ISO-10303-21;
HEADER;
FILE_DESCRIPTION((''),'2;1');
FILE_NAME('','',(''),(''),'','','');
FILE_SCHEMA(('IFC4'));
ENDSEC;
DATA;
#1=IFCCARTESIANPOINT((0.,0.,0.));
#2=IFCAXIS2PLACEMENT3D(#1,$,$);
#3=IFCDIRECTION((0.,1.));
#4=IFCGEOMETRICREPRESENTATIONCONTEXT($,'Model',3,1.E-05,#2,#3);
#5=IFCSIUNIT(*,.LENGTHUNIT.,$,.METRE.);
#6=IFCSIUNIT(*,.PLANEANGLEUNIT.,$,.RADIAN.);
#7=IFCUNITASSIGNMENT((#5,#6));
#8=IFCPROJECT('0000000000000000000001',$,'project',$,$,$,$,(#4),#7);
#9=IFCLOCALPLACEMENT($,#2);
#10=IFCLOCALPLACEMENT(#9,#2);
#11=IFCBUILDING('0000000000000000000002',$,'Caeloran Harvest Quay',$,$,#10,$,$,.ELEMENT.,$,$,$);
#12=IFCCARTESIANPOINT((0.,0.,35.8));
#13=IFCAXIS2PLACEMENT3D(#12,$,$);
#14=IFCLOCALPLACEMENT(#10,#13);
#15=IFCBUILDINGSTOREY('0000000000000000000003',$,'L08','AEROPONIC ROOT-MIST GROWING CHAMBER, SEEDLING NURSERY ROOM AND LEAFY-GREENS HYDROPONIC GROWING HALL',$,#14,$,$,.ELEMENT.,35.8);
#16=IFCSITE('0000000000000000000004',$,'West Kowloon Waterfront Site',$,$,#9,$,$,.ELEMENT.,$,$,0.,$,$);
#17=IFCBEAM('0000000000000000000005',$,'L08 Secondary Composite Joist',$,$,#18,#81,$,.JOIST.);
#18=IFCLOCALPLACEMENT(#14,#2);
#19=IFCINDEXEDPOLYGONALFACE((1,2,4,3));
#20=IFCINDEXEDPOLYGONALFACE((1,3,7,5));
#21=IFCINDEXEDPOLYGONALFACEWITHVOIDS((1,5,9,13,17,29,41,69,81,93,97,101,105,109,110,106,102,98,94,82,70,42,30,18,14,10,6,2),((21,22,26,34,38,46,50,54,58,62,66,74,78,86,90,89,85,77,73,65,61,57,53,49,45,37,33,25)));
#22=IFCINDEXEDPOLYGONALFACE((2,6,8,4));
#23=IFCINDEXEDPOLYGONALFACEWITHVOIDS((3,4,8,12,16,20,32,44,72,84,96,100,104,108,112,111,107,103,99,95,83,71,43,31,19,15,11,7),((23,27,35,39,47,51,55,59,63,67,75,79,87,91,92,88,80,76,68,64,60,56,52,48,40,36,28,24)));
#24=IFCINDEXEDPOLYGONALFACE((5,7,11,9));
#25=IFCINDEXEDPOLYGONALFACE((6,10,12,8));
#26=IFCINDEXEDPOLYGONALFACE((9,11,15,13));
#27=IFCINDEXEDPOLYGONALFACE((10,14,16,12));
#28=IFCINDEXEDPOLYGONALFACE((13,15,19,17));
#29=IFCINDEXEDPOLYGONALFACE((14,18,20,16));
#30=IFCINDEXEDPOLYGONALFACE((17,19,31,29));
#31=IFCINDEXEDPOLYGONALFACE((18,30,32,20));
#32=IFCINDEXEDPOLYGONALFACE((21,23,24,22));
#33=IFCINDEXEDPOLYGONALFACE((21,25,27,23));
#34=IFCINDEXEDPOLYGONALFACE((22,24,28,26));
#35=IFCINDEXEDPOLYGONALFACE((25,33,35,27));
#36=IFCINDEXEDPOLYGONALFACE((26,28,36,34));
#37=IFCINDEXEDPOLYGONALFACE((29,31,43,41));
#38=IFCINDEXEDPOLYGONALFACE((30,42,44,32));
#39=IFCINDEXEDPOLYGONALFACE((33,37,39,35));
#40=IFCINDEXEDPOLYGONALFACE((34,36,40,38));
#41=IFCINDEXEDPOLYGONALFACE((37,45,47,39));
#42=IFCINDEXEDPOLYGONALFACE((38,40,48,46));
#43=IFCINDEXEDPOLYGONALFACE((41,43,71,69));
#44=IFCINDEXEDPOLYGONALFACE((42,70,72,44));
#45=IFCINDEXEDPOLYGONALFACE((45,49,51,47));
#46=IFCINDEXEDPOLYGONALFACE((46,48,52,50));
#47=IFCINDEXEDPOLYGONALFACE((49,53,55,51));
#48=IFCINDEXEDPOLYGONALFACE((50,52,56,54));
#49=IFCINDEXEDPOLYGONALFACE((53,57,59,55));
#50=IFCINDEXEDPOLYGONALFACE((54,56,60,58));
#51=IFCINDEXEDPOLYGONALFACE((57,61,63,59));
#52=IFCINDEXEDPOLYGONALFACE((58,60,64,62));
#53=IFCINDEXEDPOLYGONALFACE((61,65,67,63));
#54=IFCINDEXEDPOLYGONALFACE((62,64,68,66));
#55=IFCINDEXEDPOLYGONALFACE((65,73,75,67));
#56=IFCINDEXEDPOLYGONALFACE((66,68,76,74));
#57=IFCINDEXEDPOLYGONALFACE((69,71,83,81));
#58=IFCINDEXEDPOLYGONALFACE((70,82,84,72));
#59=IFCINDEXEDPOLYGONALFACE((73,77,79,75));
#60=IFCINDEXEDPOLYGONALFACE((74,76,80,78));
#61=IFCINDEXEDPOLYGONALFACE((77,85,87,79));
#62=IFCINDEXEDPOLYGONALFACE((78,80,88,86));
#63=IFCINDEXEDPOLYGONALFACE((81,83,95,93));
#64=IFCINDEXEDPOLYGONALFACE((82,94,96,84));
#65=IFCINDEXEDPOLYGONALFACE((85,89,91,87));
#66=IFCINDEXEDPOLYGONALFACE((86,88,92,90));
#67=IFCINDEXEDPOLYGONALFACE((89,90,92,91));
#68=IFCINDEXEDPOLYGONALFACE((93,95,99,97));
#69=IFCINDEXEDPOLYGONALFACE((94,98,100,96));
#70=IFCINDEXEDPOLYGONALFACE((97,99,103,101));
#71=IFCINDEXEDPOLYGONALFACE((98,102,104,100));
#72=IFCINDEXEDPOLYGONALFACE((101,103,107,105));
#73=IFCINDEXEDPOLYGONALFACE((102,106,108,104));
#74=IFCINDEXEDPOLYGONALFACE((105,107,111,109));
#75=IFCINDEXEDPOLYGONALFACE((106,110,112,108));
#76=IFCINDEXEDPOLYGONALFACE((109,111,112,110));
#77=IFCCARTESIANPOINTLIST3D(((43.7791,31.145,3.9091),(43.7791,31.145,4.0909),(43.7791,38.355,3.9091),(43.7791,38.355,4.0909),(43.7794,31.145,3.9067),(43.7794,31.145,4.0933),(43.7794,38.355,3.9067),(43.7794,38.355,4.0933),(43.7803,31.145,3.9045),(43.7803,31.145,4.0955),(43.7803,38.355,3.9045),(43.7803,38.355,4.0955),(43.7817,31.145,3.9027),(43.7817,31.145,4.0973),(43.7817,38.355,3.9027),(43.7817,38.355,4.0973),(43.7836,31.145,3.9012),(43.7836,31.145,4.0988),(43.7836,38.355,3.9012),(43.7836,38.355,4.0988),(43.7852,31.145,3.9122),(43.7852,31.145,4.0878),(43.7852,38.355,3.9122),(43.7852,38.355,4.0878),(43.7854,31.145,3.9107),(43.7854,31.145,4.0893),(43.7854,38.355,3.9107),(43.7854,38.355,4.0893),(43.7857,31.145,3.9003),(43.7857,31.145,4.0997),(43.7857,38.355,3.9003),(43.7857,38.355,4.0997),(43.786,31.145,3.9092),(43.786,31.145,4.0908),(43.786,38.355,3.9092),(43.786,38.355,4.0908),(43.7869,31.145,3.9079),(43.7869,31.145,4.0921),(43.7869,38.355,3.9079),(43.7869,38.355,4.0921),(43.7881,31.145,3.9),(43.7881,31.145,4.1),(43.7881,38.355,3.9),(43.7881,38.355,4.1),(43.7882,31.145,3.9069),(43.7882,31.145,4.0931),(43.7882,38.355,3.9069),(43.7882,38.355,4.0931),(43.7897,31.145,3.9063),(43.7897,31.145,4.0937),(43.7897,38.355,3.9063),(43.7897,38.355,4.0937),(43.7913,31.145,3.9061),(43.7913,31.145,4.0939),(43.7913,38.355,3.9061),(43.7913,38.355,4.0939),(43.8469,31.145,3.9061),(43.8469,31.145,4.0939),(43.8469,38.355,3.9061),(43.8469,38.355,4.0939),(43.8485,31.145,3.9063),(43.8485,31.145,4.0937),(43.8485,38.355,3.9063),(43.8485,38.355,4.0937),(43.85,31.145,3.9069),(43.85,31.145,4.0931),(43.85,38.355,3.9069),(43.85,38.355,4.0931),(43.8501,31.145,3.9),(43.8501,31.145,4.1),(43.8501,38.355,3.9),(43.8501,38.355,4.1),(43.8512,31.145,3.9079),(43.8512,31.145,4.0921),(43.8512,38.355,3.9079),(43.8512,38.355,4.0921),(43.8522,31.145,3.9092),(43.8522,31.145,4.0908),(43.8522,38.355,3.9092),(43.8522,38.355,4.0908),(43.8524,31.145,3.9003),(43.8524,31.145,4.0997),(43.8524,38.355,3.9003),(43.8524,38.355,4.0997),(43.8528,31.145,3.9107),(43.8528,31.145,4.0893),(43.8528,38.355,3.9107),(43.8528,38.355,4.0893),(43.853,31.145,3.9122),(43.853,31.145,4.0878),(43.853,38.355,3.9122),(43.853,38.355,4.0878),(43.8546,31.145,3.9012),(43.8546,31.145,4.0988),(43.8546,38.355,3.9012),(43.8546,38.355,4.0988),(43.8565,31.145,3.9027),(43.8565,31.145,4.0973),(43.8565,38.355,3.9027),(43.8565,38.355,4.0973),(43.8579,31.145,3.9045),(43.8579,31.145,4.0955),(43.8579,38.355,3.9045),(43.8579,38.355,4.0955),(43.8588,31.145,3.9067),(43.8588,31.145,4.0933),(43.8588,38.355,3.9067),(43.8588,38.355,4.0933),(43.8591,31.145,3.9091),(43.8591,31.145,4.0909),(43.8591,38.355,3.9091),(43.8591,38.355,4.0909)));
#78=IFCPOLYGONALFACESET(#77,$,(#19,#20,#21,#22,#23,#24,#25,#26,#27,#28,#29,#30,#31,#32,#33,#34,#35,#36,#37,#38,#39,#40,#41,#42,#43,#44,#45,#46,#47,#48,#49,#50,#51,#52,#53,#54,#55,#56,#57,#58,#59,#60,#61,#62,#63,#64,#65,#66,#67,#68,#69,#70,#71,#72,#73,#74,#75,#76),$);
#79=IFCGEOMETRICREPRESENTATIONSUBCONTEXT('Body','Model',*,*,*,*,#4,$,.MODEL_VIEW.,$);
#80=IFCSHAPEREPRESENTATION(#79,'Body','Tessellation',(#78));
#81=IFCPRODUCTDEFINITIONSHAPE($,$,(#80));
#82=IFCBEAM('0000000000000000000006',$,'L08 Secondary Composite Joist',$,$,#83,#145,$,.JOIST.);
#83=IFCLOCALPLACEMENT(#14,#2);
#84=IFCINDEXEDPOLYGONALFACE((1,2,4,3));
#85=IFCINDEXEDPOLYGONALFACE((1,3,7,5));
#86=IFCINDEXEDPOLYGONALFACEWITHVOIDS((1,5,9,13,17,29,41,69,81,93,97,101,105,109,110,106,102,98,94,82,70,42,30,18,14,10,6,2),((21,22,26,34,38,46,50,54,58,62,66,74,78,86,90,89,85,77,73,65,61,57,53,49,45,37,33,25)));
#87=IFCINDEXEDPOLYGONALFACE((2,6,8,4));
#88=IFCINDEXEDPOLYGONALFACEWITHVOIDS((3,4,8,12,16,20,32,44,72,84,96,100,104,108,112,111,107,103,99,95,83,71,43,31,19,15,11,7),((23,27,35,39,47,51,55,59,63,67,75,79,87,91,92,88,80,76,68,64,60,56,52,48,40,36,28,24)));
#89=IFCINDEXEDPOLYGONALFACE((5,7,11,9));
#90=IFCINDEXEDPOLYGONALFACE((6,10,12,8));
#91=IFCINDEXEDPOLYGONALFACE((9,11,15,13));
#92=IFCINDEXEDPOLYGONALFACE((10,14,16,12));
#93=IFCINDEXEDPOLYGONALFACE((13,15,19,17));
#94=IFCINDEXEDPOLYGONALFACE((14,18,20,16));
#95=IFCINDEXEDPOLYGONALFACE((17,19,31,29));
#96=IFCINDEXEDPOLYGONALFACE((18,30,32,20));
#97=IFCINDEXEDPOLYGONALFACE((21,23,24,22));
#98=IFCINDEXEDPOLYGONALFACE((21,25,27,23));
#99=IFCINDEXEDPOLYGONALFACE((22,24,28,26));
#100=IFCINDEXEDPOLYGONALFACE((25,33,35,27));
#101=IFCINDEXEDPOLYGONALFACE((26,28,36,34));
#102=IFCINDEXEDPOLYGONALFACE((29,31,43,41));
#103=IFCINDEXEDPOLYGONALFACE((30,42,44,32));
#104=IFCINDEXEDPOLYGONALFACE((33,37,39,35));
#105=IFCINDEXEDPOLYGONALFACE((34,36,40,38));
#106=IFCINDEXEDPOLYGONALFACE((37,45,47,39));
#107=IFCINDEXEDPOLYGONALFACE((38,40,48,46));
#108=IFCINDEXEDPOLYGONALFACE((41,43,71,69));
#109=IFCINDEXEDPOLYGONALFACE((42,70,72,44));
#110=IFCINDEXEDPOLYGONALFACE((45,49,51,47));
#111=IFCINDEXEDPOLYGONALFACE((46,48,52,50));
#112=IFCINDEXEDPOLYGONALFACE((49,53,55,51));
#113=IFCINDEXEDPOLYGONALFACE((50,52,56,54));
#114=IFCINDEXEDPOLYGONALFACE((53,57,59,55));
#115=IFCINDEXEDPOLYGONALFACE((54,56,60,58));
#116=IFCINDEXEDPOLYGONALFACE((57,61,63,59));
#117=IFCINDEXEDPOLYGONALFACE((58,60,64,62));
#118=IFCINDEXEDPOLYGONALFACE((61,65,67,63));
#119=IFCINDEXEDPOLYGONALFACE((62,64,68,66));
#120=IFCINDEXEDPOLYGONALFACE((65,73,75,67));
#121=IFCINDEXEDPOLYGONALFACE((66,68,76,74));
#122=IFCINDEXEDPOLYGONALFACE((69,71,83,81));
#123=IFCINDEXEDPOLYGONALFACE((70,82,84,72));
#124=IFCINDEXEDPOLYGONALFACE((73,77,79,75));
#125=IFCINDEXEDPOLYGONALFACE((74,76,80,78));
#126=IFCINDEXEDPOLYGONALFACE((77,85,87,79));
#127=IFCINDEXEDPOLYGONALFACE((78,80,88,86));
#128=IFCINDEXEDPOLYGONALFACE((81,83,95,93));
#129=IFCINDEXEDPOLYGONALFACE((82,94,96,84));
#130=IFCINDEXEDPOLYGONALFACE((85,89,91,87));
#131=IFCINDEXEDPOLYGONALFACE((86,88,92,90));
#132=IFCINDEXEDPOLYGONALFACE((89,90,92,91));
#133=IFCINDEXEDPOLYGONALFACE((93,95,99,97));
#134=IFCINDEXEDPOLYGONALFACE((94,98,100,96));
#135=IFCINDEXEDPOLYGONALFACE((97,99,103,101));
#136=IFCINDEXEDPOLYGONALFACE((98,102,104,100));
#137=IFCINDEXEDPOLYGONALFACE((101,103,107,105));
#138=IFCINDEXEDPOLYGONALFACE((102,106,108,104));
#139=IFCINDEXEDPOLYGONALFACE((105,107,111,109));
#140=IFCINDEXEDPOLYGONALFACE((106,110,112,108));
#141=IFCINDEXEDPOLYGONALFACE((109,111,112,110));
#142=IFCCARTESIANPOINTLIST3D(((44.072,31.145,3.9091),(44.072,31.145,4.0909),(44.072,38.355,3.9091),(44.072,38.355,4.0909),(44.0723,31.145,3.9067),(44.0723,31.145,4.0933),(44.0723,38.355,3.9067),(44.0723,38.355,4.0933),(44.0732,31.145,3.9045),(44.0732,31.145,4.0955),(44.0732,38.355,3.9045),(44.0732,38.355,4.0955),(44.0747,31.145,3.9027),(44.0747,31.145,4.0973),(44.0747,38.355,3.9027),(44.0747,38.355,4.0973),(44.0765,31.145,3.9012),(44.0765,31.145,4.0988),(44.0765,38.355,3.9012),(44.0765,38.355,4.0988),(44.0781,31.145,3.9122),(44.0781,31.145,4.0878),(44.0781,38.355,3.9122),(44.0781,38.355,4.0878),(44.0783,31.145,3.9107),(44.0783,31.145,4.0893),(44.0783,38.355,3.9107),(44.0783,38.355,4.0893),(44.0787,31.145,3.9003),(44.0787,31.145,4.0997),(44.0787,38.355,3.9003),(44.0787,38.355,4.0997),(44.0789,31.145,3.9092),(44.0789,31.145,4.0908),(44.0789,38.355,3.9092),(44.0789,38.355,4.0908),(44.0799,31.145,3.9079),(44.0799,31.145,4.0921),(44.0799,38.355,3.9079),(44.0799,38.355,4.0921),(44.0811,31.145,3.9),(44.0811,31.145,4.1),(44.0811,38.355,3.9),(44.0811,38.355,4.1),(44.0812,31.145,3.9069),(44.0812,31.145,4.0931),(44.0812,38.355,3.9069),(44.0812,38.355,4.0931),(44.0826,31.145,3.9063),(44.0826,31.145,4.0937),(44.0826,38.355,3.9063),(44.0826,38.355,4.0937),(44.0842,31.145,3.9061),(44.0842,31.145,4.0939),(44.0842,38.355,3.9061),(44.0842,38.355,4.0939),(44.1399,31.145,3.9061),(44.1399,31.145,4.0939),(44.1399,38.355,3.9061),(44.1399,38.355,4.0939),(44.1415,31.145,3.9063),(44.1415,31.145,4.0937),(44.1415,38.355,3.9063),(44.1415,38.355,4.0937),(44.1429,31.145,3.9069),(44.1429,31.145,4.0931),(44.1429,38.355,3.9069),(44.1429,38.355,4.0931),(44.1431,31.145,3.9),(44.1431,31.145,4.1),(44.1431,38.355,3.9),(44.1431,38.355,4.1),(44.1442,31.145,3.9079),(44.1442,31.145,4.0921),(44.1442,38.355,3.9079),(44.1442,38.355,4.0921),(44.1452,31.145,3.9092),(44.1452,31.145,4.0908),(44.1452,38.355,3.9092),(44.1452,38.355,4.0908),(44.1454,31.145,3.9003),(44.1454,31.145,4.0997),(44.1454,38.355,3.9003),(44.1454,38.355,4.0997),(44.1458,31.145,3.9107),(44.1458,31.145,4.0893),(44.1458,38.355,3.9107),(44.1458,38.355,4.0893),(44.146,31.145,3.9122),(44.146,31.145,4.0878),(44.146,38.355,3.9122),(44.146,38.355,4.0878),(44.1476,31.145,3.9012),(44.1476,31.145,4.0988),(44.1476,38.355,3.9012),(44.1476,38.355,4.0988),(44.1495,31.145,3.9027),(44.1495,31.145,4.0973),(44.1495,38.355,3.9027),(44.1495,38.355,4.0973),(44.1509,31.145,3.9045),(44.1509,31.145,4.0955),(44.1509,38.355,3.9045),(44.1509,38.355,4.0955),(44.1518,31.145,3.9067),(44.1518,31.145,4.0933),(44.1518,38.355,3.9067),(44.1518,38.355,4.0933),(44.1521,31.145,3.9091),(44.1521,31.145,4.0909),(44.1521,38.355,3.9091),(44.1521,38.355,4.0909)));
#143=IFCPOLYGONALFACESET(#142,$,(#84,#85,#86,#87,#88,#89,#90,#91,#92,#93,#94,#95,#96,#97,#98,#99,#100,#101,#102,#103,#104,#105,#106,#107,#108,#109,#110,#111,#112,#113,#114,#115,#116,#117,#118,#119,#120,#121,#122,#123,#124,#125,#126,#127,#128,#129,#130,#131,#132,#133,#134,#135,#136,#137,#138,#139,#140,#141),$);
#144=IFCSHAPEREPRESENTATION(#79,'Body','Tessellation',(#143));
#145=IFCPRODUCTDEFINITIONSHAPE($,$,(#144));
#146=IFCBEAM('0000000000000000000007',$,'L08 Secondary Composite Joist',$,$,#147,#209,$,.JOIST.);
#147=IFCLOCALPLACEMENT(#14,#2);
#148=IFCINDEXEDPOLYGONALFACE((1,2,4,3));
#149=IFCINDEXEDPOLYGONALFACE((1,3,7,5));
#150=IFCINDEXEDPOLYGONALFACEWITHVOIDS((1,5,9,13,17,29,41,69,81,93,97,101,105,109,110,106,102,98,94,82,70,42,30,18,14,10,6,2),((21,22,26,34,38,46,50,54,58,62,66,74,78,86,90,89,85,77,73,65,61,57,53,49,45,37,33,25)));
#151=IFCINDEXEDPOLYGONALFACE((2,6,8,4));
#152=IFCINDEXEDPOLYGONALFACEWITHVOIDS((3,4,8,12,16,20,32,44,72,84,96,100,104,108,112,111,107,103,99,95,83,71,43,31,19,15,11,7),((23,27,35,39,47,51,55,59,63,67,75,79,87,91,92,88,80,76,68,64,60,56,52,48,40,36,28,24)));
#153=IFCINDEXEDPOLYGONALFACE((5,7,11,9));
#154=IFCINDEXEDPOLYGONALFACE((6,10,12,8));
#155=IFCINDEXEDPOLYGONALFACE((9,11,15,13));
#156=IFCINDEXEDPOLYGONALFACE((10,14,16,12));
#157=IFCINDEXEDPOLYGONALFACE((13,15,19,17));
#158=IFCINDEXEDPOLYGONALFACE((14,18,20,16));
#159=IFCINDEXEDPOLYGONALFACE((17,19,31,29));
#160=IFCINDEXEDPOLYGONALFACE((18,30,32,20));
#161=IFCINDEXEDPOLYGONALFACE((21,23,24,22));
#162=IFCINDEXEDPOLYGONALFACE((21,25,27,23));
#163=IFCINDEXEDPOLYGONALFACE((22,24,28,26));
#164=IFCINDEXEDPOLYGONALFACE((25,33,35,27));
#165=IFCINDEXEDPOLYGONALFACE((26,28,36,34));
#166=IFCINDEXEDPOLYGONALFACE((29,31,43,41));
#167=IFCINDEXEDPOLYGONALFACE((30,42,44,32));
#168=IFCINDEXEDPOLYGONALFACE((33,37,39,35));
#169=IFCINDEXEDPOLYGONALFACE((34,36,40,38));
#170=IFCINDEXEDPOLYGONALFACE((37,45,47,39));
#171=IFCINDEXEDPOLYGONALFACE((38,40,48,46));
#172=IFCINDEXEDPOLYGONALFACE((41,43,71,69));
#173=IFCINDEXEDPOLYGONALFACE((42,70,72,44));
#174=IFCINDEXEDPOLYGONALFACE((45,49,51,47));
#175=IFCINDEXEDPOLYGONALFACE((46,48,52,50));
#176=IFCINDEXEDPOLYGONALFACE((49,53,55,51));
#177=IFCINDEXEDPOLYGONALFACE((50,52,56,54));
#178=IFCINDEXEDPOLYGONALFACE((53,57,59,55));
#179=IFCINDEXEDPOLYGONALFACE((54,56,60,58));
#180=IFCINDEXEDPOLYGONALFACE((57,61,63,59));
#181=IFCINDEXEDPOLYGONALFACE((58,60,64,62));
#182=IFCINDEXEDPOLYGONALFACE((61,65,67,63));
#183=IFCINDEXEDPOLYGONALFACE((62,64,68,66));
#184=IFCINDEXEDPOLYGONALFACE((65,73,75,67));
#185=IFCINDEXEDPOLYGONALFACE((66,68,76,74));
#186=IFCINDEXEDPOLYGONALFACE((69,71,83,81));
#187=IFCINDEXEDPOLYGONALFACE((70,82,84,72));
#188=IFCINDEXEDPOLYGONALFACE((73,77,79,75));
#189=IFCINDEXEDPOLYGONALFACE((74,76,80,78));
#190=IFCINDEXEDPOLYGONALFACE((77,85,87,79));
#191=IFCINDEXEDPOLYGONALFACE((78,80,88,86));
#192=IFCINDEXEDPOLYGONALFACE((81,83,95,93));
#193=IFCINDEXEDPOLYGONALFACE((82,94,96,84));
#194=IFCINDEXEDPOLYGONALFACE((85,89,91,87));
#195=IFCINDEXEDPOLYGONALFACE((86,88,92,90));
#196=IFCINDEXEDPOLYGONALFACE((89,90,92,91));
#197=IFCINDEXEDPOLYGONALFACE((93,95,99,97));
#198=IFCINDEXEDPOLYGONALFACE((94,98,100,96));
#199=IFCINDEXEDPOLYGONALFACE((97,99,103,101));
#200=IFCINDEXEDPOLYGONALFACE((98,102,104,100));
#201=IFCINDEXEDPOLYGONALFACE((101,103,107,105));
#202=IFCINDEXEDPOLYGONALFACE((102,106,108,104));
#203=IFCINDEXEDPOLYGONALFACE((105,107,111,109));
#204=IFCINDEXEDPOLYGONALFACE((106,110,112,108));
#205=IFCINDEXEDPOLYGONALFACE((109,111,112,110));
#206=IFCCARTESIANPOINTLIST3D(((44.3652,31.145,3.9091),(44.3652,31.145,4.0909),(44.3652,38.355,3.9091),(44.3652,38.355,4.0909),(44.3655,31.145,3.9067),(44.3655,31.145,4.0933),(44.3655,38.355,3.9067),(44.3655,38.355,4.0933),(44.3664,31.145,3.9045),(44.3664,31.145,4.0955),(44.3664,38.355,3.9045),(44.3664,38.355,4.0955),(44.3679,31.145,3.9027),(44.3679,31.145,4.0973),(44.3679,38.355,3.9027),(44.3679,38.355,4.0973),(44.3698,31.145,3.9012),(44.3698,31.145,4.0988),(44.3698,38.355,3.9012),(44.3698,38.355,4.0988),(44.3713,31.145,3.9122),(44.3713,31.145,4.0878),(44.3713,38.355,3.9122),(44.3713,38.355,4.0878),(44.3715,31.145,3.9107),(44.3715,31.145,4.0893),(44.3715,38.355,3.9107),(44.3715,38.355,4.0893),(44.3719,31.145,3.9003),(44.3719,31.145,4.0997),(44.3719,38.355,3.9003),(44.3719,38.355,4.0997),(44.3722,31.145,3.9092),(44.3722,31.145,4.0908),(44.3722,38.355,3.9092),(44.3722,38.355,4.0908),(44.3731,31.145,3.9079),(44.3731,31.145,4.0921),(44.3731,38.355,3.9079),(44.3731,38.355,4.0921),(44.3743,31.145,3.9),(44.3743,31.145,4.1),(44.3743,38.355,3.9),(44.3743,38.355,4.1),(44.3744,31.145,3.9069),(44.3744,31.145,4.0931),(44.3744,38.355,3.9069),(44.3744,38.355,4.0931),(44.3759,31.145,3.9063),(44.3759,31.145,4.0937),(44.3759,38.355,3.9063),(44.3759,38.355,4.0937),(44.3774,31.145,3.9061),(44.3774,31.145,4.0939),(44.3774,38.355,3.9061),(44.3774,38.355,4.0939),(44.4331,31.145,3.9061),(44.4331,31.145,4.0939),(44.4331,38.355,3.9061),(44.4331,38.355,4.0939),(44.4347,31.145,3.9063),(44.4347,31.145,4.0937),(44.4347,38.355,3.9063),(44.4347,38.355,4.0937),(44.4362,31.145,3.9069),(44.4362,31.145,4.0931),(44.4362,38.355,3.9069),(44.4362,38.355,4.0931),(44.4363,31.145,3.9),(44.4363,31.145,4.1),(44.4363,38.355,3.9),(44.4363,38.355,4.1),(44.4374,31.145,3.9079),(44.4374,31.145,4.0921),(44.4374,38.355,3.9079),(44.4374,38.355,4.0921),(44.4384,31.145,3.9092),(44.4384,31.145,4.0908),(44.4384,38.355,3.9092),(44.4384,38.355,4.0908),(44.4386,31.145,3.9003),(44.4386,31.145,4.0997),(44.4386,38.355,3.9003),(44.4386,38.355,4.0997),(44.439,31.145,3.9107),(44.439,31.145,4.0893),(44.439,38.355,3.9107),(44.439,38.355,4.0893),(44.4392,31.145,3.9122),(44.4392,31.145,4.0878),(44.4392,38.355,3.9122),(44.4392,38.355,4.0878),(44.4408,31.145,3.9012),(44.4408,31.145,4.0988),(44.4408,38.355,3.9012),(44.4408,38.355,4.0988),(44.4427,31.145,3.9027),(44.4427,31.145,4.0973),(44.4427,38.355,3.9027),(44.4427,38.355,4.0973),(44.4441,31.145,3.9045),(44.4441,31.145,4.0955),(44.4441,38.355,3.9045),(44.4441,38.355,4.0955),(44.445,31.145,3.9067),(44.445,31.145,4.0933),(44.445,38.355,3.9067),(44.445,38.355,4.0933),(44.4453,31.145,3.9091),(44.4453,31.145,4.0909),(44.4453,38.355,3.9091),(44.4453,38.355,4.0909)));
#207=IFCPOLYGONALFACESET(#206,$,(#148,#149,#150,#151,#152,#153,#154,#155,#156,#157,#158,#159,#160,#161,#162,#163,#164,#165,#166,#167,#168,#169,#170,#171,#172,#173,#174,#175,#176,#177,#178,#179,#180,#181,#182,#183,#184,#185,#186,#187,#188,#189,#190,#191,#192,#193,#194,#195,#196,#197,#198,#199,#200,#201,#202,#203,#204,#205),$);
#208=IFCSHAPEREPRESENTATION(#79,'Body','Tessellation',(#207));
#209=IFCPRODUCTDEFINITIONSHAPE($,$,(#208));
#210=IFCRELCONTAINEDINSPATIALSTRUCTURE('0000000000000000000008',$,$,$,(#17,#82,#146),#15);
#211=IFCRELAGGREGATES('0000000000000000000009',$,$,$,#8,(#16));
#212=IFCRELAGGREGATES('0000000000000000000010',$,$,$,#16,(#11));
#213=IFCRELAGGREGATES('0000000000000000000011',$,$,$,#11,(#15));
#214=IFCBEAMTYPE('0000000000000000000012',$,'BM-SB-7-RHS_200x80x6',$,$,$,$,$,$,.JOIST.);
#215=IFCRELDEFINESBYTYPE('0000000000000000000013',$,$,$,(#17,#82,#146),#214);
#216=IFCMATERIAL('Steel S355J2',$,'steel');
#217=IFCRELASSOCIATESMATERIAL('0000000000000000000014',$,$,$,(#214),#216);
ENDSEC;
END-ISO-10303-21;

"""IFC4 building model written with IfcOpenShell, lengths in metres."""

from ifc_helpers import new_model, si_unit, direction, frame, origin, origin_2d, place, context, subcontext, project, spatial, hollow_rectangle, extrude, material, material_profile, profile_set, type_object, element, save


model = new_model("IFC4")

# Units and contexts
model_context = context("Model", 3, precision=1e-05, world=origin(), true_north=direction((0.0, 1.0)))
body_context = subcontext(model_context, "Body", "Model", "MODEL_VIEW")
ifc_project = project(units=[si_unit("LENGTHUNIT", "METRE"), si_unit("PLANEANGLEUNIT", "RADIAN")], contexts=[model_context])

# Site, building, storey
site_placement = place(None, origin())
site = spatial("IfcSite", under=ifc_project, at=site_placement, Name="West Kowloon Waterfront Site", CompositionType="ELEMENT", RefElevation=0.0)
building_placement = place(site_placement, origin())
building = spatial("IfcBuilding", under=site, at=building_placement, Name="Caeloran Harvest Quay", CompositionType="ELEMENT")
storey_placement = place(building_placement, frame((0.0, 0.0, 35.8)))
storey = spatial("IfcBuildingStorey", under=building, at=storey_placement, Name="L08", Description="AEROPONIC ROOT-MIST GROWING CHAMBER, SEEDLING NURSERY ROOM AND LEAFY-GREENS HYDROPONIC GROWING HALL", CompositionType="ELEMENT", Elevation=35.8)

# Beams
ifc_material_1 = material(Name="Steel S355J2", Category="steel")
ifc_material_profile_1 = material_profile(ifc_material_1, hollow_rectangle(XDim=0.0801, YDim=0.2, WallThickness=0.0061, InnerFilletRadius=0.0061, OuterFilletRadius=0.009, at=origin_2d()), Name="RHS 200x80x6")
ifc_profile_set_1 = profile_set([ifc_material_profile_1], Name="Steel S355J2")
beam_type_1 = type_object("IfcBeamType", Name="BM-SB-7-RHS_200x80x6", PredefinedType="JOIST", material=ifc_profile_set_1)
for number, where, z_axis, x_axis, name in (
    (1, (43.8191, 31.145, 4.0), (0.0, 1.0, 0.0), (-1.0, 0.0, 0.0), "L08 Secondary Composite Joist"),
    (2, (44.1121, 31.145, 4.0), (0.0, 1.0, 0.0), (-1.0, 0.0, 0.0), "L08 Secondary Composite Joist"),
    (3, (44.4053, 31.145, 4.0), (0.0, 1.0, 0.0), (-1.0, 0.0, 0.0), "L08 Secondary Composite Joist"),
):
    element("IfcBeam", number, at=place(storey_placement, frame(where, z_axis=z_axis, x_axis=x_axis)), inside=storey, type_object=beam_type_1, Name=name, PredefinedType="JOIST", context=body_context, shape_type="SweptSolid", body=[
        extrude(hollow_rectangle(XDim=0.0801, YDim=0.2, WallThickness=0.0061, InnerFilletRadius=0.0061, OuterFilletRadius=0.009, at=origin_2d()), origin(), (0.0, 0.0, 1.0), 7.21),
    ])

save(model, "model.ifc")
